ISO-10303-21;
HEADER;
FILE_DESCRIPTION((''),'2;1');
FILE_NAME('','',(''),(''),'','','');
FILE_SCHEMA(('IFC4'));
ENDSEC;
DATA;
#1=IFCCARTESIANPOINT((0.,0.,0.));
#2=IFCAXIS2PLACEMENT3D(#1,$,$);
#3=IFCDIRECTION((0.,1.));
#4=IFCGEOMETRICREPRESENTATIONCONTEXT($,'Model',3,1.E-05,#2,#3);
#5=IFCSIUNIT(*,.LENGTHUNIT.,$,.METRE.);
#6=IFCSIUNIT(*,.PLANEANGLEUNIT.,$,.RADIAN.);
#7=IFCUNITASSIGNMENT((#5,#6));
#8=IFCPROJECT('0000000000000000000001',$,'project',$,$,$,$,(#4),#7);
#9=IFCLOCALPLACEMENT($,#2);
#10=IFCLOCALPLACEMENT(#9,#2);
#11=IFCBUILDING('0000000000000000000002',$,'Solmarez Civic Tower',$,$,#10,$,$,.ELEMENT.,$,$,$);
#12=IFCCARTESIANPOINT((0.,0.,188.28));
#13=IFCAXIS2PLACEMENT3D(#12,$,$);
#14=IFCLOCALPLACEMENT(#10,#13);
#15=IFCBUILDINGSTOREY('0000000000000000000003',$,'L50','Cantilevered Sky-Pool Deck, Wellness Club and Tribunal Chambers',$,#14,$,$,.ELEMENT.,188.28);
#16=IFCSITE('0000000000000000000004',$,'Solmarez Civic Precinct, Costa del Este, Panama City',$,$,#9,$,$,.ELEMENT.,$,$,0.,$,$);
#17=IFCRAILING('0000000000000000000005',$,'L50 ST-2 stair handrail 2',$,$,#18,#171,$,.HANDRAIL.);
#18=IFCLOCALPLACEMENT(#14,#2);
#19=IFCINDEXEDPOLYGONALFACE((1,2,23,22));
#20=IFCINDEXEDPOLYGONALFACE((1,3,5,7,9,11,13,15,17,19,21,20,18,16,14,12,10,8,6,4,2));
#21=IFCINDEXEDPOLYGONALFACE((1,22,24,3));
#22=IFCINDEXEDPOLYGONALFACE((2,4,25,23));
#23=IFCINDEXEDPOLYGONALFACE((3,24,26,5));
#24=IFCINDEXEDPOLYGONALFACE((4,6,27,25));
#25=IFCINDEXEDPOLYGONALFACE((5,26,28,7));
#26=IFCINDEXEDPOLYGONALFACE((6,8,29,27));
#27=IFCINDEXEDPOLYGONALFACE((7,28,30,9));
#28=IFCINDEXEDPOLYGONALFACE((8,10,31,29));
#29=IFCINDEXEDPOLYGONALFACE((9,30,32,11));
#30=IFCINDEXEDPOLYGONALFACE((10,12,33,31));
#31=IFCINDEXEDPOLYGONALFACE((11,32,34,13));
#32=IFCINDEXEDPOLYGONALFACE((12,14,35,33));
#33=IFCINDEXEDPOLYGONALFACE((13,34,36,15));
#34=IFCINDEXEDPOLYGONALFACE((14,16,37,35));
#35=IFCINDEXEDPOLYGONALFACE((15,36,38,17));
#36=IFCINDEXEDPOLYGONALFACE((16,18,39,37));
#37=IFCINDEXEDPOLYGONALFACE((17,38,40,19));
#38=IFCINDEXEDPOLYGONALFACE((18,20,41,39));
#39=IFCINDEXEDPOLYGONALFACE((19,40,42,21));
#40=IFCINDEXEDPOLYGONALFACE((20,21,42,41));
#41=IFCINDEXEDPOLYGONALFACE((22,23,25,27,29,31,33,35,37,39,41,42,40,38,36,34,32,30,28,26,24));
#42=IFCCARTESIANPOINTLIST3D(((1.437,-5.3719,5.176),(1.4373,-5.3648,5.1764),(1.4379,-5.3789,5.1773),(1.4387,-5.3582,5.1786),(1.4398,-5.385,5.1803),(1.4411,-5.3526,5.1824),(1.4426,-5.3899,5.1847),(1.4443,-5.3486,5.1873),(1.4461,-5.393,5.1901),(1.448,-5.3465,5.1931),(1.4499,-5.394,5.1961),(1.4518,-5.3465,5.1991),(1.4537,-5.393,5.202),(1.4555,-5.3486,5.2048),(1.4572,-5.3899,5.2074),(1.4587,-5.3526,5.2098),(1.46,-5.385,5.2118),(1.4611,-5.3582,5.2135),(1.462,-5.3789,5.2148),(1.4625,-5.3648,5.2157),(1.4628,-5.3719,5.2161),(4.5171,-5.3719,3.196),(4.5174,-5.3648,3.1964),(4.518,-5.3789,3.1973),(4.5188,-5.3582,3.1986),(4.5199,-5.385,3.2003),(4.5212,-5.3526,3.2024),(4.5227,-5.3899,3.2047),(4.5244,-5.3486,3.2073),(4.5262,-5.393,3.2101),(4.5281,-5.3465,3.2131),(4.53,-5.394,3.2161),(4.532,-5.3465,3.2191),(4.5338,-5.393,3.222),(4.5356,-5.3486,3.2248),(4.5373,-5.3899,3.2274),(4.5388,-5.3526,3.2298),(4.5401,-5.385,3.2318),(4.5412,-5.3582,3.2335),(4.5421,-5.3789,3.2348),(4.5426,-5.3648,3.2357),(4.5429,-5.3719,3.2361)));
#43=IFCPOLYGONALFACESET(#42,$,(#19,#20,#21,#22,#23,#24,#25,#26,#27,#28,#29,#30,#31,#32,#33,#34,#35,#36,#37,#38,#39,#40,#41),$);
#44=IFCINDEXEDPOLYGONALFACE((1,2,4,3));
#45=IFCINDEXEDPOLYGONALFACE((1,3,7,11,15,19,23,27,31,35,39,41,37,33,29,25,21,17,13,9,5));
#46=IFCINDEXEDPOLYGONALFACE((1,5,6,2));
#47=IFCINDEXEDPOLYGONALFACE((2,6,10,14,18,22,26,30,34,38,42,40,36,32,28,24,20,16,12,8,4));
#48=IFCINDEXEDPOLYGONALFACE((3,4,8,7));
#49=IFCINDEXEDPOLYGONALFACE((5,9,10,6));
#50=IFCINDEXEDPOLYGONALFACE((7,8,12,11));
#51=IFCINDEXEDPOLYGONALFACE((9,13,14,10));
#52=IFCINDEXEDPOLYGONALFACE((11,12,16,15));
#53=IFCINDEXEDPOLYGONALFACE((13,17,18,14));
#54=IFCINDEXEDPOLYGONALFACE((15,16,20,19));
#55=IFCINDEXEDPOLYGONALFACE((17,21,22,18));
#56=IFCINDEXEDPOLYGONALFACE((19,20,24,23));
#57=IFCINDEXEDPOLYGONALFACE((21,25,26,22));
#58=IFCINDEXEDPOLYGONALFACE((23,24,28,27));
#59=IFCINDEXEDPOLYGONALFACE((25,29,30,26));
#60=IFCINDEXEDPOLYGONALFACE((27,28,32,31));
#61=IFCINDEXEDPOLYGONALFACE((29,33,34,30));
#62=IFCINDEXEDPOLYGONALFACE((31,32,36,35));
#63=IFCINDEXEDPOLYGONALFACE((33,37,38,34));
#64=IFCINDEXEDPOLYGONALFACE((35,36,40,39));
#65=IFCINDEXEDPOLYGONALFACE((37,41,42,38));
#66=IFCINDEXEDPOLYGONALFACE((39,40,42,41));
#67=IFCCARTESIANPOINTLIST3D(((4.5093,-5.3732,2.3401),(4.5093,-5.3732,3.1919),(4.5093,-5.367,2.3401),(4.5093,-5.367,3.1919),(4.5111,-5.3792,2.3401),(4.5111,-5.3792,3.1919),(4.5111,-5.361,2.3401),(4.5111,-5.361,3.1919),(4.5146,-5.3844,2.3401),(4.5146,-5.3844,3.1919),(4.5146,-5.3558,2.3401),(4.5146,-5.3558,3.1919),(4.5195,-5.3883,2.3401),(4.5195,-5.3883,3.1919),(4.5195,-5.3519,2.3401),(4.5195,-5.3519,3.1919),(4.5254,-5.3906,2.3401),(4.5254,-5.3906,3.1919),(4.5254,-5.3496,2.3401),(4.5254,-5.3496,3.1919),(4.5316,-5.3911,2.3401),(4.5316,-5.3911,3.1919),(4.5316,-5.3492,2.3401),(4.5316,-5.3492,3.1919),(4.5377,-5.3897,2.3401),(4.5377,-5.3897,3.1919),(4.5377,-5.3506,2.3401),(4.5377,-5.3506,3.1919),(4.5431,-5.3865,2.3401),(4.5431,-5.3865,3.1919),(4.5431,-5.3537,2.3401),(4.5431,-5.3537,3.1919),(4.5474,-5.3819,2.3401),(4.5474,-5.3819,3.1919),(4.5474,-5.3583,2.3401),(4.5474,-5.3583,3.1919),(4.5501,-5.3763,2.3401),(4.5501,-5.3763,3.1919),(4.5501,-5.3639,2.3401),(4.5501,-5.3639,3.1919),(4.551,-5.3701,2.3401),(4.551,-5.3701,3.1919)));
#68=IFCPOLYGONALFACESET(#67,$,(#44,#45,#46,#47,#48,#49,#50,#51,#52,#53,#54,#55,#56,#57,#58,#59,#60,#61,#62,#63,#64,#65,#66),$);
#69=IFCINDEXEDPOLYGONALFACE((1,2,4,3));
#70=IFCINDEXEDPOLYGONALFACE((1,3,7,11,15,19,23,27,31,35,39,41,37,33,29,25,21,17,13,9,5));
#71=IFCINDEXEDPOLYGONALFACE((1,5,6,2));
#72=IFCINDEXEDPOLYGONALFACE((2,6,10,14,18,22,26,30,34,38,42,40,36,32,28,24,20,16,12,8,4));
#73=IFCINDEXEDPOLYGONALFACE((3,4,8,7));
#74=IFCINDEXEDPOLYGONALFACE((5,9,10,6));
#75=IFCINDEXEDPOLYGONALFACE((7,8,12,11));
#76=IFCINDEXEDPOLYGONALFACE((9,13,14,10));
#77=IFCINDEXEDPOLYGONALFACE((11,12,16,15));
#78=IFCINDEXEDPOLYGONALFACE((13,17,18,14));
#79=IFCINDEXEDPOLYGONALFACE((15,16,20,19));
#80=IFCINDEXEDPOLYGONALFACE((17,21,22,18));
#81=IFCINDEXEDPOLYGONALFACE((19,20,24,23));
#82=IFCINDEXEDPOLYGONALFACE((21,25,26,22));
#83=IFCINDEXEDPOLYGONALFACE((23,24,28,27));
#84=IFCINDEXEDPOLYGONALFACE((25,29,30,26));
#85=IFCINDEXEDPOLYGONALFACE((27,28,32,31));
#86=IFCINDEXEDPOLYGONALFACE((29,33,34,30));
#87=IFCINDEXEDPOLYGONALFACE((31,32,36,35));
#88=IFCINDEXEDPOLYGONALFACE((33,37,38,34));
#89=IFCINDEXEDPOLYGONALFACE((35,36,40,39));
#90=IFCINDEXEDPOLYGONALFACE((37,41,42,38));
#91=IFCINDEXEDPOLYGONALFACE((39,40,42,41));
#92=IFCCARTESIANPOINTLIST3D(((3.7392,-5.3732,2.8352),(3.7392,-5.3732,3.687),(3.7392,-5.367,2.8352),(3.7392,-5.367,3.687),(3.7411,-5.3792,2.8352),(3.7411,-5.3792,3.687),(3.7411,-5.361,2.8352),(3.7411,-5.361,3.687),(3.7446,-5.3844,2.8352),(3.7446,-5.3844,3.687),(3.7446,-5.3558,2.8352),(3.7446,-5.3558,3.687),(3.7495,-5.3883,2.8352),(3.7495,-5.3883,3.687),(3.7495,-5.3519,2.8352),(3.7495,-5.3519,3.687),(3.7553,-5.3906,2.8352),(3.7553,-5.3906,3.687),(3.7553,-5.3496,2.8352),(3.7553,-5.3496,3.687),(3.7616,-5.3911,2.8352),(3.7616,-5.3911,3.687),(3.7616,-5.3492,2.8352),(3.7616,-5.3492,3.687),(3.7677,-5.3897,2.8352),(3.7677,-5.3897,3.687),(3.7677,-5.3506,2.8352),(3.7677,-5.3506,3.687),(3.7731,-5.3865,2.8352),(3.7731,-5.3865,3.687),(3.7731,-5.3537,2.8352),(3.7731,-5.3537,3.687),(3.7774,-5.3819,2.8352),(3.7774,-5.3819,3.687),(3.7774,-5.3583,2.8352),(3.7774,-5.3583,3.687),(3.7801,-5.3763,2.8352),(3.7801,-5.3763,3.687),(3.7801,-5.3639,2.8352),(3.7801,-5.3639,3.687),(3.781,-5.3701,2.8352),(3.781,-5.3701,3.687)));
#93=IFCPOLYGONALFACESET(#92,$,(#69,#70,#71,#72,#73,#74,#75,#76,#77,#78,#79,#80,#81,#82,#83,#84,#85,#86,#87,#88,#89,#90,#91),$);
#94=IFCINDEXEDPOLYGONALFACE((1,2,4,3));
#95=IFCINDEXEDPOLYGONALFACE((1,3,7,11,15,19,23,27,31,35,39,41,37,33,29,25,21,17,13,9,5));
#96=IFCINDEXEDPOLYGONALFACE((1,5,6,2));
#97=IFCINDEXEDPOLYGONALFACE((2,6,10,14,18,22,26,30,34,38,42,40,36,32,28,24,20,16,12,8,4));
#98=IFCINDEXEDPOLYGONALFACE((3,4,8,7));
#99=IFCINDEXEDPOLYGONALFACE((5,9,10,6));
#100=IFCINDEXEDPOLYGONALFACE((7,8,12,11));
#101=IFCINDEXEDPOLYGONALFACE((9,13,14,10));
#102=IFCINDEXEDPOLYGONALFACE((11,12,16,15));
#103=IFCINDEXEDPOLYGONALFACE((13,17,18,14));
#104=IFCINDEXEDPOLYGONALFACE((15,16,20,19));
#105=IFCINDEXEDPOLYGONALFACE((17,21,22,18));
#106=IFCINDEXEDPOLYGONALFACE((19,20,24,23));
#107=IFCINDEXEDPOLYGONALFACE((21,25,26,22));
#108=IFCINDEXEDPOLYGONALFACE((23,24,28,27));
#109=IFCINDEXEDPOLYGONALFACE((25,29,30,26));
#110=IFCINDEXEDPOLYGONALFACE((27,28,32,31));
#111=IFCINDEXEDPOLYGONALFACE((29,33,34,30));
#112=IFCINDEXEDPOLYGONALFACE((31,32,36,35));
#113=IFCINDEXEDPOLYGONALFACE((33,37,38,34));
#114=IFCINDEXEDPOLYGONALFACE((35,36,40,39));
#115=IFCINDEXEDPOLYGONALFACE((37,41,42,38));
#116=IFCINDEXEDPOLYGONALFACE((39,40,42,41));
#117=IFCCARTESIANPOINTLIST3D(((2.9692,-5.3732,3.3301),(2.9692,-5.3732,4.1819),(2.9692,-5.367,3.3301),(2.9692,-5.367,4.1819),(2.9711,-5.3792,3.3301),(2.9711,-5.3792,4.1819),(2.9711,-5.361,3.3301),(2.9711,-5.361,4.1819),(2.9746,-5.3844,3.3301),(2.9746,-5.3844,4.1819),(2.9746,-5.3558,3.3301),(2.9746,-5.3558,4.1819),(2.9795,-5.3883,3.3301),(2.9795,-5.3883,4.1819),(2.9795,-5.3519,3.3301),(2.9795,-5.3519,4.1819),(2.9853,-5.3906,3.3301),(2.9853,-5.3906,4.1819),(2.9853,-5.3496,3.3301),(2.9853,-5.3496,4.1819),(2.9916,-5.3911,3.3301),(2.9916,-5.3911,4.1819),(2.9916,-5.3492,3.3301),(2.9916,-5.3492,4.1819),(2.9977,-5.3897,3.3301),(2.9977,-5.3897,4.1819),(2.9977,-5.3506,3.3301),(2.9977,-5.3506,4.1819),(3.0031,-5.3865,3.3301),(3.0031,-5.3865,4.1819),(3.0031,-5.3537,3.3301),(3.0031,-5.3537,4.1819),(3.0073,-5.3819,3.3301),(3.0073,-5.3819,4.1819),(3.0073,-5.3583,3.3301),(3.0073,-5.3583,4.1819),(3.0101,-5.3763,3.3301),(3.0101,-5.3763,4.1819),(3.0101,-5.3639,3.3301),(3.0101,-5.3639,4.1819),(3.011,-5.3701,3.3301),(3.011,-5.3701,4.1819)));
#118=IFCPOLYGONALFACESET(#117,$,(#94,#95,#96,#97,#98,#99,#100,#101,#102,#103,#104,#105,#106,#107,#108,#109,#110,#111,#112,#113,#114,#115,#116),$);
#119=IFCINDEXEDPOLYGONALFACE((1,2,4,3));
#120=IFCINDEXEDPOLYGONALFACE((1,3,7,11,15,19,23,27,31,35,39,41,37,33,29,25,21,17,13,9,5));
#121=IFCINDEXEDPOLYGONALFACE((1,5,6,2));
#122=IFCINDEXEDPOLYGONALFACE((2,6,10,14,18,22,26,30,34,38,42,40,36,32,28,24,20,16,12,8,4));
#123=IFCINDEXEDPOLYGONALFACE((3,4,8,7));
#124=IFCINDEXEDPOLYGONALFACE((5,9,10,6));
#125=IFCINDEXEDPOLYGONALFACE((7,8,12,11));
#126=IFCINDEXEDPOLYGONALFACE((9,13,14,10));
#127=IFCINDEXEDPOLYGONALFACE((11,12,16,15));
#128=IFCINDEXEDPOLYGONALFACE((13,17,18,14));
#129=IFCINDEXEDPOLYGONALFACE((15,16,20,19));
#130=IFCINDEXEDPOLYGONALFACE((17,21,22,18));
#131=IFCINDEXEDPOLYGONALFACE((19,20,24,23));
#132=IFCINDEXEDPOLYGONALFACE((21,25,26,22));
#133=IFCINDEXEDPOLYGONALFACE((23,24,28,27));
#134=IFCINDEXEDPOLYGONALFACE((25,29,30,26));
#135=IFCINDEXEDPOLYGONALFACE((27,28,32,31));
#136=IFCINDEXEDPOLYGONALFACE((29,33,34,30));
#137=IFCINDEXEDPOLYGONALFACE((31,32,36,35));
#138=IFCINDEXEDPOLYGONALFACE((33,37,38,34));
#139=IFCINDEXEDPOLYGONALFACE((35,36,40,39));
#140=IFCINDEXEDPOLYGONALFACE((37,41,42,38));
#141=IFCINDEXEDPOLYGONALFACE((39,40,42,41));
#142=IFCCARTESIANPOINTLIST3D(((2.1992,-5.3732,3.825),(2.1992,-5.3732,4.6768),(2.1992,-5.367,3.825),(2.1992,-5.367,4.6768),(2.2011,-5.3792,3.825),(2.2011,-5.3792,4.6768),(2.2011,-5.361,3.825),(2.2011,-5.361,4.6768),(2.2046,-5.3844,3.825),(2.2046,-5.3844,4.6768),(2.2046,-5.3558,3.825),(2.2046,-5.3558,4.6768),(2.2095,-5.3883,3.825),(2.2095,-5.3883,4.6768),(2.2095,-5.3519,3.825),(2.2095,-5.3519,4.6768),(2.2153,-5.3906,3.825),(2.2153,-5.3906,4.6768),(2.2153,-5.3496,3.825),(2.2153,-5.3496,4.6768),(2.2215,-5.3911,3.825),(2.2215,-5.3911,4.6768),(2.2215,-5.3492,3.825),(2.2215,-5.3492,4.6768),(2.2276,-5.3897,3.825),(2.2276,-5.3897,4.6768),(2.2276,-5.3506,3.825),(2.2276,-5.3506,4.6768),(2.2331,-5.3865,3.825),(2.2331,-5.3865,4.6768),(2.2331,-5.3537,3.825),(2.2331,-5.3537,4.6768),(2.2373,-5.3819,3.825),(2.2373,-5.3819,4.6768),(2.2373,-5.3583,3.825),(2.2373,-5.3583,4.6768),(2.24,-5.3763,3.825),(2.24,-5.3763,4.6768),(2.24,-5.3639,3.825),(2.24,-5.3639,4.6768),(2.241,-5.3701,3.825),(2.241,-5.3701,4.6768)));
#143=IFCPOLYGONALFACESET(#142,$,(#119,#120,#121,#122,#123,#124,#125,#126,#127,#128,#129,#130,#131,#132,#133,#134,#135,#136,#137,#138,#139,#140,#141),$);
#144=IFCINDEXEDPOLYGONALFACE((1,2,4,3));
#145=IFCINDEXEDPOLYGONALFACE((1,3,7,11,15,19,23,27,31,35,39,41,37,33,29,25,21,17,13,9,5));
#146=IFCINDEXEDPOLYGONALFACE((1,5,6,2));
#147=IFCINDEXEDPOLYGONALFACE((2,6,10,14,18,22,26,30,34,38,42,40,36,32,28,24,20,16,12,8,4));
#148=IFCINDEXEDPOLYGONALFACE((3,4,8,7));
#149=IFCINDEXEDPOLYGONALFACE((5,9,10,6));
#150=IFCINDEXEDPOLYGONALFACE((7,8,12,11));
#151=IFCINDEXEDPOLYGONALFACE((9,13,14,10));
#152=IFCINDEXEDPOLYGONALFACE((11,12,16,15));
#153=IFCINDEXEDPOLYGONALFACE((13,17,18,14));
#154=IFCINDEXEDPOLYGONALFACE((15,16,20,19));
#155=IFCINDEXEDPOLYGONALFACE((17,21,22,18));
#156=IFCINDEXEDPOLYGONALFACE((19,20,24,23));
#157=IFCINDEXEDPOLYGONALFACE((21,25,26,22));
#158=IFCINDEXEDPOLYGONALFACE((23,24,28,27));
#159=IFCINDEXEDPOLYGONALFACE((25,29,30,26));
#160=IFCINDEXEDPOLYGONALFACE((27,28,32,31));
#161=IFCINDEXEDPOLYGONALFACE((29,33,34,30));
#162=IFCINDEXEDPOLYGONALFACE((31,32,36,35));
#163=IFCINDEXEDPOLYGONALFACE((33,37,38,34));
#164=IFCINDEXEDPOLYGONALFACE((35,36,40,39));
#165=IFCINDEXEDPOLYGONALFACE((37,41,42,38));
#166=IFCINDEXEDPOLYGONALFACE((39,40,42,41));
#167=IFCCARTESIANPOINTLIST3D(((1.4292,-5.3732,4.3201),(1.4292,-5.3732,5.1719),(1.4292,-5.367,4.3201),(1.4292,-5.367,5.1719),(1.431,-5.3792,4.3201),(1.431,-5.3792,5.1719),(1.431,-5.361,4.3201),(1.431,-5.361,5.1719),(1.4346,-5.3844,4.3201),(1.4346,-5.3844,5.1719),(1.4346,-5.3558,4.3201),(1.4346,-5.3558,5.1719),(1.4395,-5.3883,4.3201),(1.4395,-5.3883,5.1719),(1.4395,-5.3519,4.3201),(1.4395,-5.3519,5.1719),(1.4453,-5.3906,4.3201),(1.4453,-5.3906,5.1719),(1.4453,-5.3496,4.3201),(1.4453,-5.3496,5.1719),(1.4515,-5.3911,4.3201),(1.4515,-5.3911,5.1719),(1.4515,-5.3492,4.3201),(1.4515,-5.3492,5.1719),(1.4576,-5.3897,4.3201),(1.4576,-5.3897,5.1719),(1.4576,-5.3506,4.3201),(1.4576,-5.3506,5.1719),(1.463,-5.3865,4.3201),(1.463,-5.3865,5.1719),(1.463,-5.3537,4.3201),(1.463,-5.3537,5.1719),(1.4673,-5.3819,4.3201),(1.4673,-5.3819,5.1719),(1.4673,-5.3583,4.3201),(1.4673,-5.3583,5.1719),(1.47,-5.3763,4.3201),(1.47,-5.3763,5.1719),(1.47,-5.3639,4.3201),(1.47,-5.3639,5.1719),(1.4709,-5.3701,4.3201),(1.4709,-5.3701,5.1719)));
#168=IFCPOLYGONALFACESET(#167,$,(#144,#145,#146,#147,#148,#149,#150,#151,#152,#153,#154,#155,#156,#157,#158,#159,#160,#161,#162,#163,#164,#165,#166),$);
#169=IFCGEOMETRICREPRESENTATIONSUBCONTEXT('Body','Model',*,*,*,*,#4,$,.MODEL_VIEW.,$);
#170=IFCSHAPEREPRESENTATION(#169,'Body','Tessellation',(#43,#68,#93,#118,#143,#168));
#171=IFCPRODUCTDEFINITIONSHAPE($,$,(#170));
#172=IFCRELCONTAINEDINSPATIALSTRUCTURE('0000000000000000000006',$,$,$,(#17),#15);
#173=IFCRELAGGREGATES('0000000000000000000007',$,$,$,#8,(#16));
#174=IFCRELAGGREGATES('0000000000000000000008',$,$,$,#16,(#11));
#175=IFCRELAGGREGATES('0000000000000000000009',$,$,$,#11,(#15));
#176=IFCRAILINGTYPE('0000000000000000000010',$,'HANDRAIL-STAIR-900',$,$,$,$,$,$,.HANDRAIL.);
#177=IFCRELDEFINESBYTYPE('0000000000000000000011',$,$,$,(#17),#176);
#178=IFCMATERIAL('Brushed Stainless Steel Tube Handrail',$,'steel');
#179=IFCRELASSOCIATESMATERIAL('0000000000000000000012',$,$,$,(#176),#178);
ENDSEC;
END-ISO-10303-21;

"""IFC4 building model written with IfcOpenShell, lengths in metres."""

from ifc_helpers import new_model, si_unit, direction, frame, origin, origin_2d, place, context, subcontext, project, spatial, circle, extrude, material, type_object, element, save


model = new_model("IFC4")

# Units and contexts
model_context = context("Model", 3, precision=1e-05, world=origin(), true_north=direction((0.0, 1.0)))
body_context = subcontext(model_context, "Body", "Model", "MODEL_VIEW")
ifc_project = project(units=[si_unit("LENGTHUNIT", "METRE"), si_unit("PLANEANGLEUNIT", "RADIAN")], contexts=[model_context])

# Site, building, storey
site_placement = place(None, origin())
site = spatial("IfcSite", under=ifc_project, at=site_placement, Name="Solmarez Civic Precinct, Costa del Este, Panama City", CompositionType="ELEMENT", RefElevation=0.0)
building_placement = place(site_placement, origin())
building = spatial("IfcBuilding", under=site, at=building_placement, Name="Solmarez Civic Tower", CompositionType="ELEMENT")
storey_placement = place(building_placement, frame((0.0, 0.0, 188.28)))
storey = spatial("IfcBuildingStorey", under=building, at=storey_placement, Name="L50", Description="Cantilevered Sky-Pool Deck, Wellness Club and Tribunal Chambers", CompositionType="ELEMENT", Elevation=188.28)

# Railing
ifc_material_1 = material(Name="Brushed Stainless Steel Tube Handrail", Category="steel")
railing_type_1 = type_object("IfcRailingType", Name="HANDRAIL-STAIR-900", PredefinedType="HANDRAIL", material=ifc_material_1)
railing_1_placement = place(storey_placement, frame((4.53, -5.3701, 2.3401)))
element("IfcRailing", 1, at=railing_1_placement, inside=storey, type_object=railing_type_1, Name="L50 ST-2 stair handrail 2", PredefinedType="HANDRAIL", context=body_context, shape_type="SweptSolid", body=[
    extrude(circle(Radius=0.0239, at=origin_2d()), frame((0.0, 0.0, 0.876), z_axis=(-0.841187, 0.0, 0.540744), x_axis=(0.0, -1.0, 0.0)), (0.0, 0.0, 1.0), 3.6616),
    extrude(circle(Radius=0.021, at=origin_2d()), origin(), (0.0, 0.0, 1.0), 0.8518),
    extrude(circle(Radius=0.021, at=origin_2d()), frame((-0.77, 0.0, 0.4951)), (0.0, 0.0, 1.0), 0.8518),
    extrude(circle(Radius=0.021, at=origin_2d()), frame((-1.54, 0.0, 0.99)), (0.0, 0.0, 1.0), 0.8518),
    extrude(circle(Radius=0.021, at=origin_2d()), frame((-2.3101, 0.0, 1.4849)), (0.0, 0.0, 1.0), 0.8518),
    extrude(circle(Radius=0.021, at=origin_2d()), frame((-3.0801, 0.0, 1.98)), (0.0, 0.0, 1.0), 0.8518),
])

save(model, "model.ifc")
